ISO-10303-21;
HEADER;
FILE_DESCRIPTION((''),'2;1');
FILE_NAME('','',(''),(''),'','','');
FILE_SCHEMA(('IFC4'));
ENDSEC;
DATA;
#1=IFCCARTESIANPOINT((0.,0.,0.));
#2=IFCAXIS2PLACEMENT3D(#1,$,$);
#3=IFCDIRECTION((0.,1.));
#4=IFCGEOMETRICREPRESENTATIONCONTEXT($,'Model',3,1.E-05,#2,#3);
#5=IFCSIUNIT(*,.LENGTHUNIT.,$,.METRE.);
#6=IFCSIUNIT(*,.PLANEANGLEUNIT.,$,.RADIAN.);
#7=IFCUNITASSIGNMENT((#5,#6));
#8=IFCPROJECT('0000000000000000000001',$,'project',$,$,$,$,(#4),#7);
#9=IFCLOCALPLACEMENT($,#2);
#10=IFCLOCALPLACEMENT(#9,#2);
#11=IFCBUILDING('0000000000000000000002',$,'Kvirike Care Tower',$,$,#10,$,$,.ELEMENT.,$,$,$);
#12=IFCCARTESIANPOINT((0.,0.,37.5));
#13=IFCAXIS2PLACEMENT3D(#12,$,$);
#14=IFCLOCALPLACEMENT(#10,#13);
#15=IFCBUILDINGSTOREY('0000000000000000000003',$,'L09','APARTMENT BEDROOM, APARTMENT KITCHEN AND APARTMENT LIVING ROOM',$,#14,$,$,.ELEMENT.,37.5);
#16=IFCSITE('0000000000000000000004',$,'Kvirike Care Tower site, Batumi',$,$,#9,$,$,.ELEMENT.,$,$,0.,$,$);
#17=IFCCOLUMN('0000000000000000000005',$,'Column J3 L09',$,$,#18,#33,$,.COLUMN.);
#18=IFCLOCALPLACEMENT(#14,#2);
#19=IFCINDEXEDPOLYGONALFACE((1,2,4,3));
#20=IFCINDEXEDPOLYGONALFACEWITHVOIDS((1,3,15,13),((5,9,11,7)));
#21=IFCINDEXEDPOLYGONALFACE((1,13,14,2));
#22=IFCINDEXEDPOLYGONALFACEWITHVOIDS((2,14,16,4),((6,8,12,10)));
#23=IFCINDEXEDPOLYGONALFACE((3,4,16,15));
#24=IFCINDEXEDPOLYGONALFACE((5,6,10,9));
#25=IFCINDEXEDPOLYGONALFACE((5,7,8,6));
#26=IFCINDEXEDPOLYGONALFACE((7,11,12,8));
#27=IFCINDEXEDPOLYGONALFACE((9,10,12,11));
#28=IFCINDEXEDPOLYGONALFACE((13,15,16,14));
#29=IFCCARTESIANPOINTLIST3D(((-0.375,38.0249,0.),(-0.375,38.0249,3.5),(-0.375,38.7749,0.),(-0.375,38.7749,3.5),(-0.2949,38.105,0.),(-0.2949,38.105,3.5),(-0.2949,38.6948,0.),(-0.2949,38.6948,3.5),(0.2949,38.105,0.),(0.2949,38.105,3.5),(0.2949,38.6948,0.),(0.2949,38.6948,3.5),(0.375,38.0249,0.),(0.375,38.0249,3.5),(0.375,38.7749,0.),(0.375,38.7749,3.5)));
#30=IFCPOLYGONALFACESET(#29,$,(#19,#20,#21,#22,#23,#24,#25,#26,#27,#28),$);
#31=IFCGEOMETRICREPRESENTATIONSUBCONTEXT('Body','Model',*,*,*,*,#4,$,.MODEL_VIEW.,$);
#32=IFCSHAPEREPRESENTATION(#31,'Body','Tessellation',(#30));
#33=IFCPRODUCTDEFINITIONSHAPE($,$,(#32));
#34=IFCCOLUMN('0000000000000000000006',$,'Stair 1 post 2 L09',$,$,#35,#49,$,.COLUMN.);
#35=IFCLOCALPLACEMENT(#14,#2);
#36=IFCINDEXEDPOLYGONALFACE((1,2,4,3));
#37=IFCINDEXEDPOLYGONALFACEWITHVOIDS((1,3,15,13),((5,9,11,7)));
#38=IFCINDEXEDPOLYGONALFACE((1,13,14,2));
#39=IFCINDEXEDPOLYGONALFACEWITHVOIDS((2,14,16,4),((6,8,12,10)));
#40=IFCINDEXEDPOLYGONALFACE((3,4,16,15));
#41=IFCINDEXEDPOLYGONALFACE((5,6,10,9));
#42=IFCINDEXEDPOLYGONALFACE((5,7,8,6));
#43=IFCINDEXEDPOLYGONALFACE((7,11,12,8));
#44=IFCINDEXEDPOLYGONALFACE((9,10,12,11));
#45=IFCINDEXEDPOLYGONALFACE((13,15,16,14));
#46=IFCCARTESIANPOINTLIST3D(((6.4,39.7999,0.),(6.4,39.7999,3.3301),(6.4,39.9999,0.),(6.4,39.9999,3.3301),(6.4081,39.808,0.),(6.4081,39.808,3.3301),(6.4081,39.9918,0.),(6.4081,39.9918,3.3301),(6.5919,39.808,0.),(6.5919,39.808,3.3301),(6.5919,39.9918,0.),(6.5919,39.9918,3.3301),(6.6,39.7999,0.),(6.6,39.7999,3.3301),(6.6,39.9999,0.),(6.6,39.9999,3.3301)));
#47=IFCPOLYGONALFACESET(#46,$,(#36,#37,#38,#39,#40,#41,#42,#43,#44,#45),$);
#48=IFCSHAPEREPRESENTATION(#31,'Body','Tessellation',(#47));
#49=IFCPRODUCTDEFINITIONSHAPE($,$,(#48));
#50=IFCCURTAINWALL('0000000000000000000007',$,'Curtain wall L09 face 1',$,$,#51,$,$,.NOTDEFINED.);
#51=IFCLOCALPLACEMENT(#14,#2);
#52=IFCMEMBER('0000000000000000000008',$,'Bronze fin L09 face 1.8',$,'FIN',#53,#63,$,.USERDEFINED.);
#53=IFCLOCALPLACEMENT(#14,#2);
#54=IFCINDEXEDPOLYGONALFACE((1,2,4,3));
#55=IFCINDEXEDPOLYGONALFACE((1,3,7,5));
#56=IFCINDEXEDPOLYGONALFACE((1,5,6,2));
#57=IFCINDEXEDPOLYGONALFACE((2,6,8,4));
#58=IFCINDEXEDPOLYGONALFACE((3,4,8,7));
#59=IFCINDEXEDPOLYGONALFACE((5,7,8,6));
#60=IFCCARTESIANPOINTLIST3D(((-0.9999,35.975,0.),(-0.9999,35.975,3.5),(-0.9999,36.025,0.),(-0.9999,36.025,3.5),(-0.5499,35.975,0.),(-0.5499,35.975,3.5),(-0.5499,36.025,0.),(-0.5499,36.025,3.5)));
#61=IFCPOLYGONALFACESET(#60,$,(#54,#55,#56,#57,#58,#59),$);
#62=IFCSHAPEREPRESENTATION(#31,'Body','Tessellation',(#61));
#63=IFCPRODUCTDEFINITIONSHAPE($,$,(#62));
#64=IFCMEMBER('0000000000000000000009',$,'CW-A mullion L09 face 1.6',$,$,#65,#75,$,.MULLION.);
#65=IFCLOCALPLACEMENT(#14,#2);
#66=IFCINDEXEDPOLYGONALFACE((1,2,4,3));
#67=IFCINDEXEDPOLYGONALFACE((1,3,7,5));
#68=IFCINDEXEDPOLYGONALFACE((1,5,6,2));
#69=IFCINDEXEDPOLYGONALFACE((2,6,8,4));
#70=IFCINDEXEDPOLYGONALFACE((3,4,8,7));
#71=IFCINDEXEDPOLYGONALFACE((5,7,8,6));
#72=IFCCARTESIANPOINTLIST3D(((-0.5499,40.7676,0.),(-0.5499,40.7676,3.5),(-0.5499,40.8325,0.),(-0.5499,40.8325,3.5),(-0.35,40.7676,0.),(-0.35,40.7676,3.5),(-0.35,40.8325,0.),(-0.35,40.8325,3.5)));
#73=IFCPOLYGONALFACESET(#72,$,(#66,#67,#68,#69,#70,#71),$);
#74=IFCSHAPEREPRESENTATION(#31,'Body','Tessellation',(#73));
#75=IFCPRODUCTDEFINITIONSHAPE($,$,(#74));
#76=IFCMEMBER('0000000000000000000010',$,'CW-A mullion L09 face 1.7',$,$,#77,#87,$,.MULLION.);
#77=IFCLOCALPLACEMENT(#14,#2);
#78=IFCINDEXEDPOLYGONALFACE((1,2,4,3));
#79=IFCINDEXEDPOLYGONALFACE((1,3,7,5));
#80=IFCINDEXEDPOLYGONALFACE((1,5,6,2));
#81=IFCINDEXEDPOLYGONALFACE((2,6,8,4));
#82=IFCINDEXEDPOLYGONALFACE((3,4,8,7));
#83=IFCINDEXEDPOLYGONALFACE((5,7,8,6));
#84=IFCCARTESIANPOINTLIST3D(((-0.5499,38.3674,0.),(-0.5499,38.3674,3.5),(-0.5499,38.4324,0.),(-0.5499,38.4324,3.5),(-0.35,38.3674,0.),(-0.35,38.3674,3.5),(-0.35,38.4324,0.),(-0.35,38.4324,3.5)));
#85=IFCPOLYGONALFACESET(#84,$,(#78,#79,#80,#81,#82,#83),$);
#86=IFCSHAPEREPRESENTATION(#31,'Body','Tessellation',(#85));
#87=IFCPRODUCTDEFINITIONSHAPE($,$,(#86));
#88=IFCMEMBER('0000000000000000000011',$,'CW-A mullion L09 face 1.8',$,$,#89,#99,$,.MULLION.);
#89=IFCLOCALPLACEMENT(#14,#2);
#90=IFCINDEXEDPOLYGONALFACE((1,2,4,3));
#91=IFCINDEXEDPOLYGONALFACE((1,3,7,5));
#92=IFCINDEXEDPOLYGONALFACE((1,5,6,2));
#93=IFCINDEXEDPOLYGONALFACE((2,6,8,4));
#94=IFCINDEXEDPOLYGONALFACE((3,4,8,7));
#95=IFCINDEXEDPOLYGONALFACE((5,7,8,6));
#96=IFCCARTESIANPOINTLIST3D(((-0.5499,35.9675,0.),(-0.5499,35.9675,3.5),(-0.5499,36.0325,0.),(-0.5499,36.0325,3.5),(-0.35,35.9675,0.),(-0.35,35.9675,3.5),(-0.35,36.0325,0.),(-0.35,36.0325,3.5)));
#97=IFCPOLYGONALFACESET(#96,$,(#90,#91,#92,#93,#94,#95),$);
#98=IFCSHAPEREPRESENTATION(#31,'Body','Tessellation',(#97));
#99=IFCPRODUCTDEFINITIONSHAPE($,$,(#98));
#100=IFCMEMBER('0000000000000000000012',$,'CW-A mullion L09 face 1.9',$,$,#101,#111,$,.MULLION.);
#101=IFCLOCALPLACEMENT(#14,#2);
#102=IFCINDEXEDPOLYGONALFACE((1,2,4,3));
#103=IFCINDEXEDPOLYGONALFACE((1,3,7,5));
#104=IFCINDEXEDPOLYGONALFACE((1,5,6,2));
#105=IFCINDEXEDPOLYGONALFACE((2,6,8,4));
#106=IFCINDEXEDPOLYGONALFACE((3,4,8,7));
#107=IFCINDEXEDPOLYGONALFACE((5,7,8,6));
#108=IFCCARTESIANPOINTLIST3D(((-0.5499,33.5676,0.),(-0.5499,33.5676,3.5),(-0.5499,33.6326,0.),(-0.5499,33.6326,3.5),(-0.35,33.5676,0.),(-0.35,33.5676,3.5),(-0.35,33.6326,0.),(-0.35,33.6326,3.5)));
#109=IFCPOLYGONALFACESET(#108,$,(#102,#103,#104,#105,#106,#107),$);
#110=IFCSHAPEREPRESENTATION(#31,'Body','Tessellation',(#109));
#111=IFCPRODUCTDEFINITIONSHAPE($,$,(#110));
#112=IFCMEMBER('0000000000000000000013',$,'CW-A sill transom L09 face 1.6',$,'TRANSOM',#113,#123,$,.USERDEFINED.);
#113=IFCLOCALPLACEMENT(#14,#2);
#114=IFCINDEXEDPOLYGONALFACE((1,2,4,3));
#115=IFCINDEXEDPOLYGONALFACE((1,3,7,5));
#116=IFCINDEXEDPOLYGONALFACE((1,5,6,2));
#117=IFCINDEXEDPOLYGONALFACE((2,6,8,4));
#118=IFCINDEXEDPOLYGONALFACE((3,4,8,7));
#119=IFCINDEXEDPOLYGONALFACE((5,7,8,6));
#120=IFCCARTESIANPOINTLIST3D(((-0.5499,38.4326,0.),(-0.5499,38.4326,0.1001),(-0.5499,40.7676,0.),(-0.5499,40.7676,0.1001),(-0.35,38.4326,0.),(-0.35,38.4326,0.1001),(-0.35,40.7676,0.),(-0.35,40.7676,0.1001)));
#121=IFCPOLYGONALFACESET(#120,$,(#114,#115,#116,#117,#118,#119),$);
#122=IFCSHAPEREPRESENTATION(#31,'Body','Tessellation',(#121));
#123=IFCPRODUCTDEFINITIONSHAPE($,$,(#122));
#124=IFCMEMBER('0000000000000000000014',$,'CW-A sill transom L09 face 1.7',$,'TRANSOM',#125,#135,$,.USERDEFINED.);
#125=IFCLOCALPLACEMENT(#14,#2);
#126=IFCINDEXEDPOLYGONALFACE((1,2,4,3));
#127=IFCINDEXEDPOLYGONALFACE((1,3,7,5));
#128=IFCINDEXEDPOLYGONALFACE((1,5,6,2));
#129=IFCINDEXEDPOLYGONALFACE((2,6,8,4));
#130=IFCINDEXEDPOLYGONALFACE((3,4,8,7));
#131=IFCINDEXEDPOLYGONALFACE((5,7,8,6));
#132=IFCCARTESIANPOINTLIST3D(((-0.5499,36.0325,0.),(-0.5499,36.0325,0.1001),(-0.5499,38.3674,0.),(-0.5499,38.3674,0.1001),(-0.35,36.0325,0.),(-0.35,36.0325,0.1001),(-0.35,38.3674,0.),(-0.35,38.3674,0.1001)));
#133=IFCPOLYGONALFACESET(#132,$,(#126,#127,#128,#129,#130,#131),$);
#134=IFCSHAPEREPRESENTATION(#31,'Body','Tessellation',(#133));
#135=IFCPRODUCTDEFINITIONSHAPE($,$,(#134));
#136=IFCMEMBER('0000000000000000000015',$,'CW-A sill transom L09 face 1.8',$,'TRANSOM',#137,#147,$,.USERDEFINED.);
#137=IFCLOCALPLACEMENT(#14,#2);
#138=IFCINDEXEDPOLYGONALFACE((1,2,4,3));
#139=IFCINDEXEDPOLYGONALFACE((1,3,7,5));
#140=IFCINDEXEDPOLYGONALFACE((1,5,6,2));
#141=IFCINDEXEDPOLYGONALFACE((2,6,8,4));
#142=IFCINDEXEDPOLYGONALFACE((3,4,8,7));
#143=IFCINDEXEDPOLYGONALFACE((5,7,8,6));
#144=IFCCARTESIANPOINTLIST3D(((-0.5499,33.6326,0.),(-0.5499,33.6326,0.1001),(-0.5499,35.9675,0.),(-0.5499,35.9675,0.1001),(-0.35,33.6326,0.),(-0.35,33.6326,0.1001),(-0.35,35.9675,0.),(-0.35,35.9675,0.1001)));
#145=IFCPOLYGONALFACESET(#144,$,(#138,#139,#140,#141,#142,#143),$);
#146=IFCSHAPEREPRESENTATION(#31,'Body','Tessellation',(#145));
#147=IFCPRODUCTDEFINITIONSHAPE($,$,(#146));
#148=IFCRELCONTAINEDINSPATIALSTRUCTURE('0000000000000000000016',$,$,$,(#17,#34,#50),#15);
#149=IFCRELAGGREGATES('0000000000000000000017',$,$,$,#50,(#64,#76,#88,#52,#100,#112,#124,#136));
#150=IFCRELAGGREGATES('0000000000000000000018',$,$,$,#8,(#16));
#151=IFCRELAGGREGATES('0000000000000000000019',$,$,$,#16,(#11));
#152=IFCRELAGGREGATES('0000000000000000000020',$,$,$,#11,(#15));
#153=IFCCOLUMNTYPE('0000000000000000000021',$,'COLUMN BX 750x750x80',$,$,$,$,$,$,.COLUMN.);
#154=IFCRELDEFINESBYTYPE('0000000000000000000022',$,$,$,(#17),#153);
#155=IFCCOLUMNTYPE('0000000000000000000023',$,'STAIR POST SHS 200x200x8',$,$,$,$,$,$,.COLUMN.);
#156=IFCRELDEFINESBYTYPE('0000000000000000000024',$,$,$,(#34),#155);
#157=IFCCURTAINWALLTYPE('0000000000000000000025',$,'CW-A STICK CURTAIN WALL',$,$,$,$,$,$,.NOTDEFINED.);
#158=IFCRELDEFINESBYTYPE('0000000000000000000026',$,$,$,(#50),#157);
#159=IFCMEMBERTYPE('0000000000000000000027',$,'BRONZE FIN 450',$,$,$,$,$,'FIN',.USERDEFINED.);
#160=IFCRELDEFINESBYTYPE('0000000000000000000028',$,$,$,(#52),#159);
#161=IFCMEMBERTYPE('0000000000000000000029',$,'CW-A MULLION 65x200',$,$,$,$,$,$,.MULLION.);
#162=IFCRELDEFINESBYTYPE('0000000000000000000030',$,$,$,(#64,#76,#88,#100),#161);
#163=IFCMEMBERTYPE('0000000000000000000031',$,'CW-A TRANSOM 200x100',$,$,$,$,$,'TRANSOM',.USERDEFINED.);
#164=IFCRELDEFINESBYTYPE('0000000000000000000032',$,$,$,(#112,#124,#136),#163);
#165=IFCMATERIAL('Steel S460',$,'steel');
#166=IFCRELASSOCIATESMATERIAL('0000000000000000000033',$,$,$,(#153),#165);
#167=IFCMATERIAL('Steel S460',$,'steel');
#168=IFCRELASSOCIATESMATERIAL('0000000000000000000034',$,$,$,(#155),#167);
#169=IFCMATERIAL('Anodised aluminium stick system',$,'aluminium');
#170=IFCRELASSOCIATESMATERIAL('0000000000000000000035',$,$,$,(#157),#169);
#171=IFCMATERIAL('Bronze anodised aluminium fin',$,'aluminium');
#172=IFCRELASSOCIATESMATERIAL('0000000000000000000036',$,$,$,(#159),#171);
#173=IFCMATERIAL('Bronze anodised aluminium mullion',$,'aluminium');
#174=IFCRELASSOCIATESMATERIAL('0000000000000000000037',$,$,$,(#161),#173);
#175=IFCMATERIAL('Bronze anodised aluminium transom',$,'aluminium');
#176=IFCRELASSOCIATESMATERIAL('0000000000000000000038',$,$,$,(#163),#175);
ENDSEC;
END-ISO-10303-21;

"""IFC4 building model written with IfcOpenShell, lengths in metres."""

from ifc_helpers import new_model, si_unit, direction, frame, origin, origin_2d, place, context, subcontext, project, spatial, rectangle, hollow_rectangle, extrude, material, material_profile, profile_set, type_object, element, aggregate, save


model = new_model("IFC4")

# Units and contexts
model_context = context("Model", 3, precision=1e-05, world=origin(), true_north=direction((0.0, 1.0)))
body_context = subcontext(model_context, "Body", "Model", "MODEL_VIEW")
ifc_project = project(units=[si_unit("LENGTHUNIT", "METRE"), si_unit("PLANEANGLEUNIT", "RADIAN")], contexts=[model_context])

# Site, building, storey
site_placement = place(None, origin())
site = spatial("IfcSite", under=ifc_project, at=site_placement, Name="Kvirike Care Tower site, Batumi", CompositionType="ELEMENT", RefElevation=0.0)
building_placement = place(site_placement, origin())
building = spatial("IfcBuilding", under=site, at=building_placement, Name="Kvirike Care Tower", CompositionType="ELEMENT")
storey_placement = place(building_placement, frame((0.0, 0.0, 37.5)))
storey = spatial("IfcBuildingStorey", under=building, at=storey_placement, Name="L09", Description="APARTMENT BEDROOM, APARTMENT KITCHEN AND APARTMENT LIVING ROOM", CompositionType="ELEMENT", Elevation=37.5)

# Columns
ifc_material_1 = material(Name="Steel S460", Category="steel")
ifc_material_profile_1 = material_profile(ifc_material_1, hollow_rectangle(XDim=0.75, YDim=0.75, WallThickness=0.0801, at=origin_2d()), Name="BX 750x750x80")
ifc_profile_set_1 = profile_set([ifc_material_profile_1], Name="Steel S460")
column_type_1 = type_object("IfcColumnType", Name="COLUMN BX 750x750x80", PredefinedType="COLUMN", material=ifc_profile_set_1)
column_1_placement = place(storey_placement, frame((0.0, 38.3999, 0.0), z_axis=(0.0, 0.0, 1.0), x_axis=(1.0, 0.0, 0.0)))
element("IfcColumn", 1, at=column_1_placement, inside=storey, type_object=column_type_1, Name="Column J3 L09", PredefinedType="COLUMN", context=body_context, shape_type="SweptSolid", body=[
    extrude(hollow_rectangle(XDim=0.75, YDim=0.75, WallThickness=0.0801, at=origin_2d()), origin(), (0.0, 0.0, 1.0), 3.5),
])
ifc_material_2 = material(Name="Steel S460", Category="steel")
ifc_material_profile_2 = material_profile(ifc_material_2, hollow_rectangle(XDim=0.2, YDim=0.2, WallThickness=0.0081, at=origin_2d()), Name="SHS 200x200x8")
ifc_profile_set_2 = profile_set([ifc_material_profile_2], Name="Steel S460")
column_type_2 = type_object("IfcColumnType", Name="STAIR POST SHS 200x200x8", PredefinedType="COLUMN", material=ifc_profile_set_2)
column_2_placement = place(storey_placement, frame((6.5, 39.8999, 0.0), z_axis=(0.0, 0.0, 1.0), x_axis=(1.0, 0.0, 0.0)))
element("IfcColumn", 2, at=column_2_placement, inside=storey, type_object=column_type_2, Name="Stair 1 post 2 L09", PredefinedType="COLUMN", context=body_context, shape_type="SweptSolid", body=[
    extrude(hollow_rectangle(XDim=0.2, YDim=0.2, WallThickness=0.0081, at=origin_2d()), origin(), (0.0, 0.0, 1.0), 3.3301),
])

# Curtain wall, members
ifc_material_3 = material(Name="Anodised aluminium stick system", Category="aluminium")
curtain_wall_type = type_object("IfcCurtainWallType", Name="CW-A STICK CURTAIN WALL", PredefinedType="NOTDEFINED", material=ifc_material_3)
curtain_wall_placement = place(storey_placement, origin())
curtain_wall = element("IfcCurtainWall", 3, at=curtain_wall_placement, inside=storey, type_object=curtain_wall_type, Name="Curtain wall L09 face 1", PredefinedType="NOTDEFINED")
ifc_material_4 = material(Name="Bronze anodised aluminium fin", Category="aluminium")
ifc_material_profile_3 = material_profile(ifc_material_4, rectangle(XDim=0.05, YDim=0.45, at=origin_2d()), Name="BRONZE FIN 450")
ifc_profile_set_3 = profile_set([ifc_material_profile_3], Name="Bronze anodised aluminium fin")
member_type_1 = type_object("IfcMemberType", Name="BRONZE FIN 450", ElementType="FIN", PredefinedType="USERDEFINED", material=ifc_profile_set_3)
member_1_placement = place(storey_placement, frame((-0.7749, 36.0, 0.0), z_axis=(0.0, 0.0, 1.0), x_axis=(0.0, -1.0, 0.0)))
member_1 = element("IfcMember", 4, at=member_1_placement, type_object=member_type_1, Name="Bronze fin L09 face 1.8", ObjectType="FIN", PredefinedType="USERDEFINED", context=body_context, shape_type="SweptSolid", body=[
    extrude(rectangle(XDim=0.05, YDim=0.45, at=origin_2d()), origin(), (0.0, 0.0, 1.0), 3.5),
])
ifc_material_5 = material(Name="Bronze anodised aluminium mullion", Category="aluminium")
ifc_material_profile_4 = material_profile(ifc_material_5, rectangle(XDim=0.0649, YDim=0.2, at=origin_2d()), Name="CW-A MULLION 65x200")
ifc_profile_set_4 = profile_set([ifc_material_profile_4], Name="Bronze anodised aluminium mullion")
member_type_2 = type_object("IfcMemberType", Name="CW-A MULLION 65x200", PredefinedType="MULLION", material=ifc_profile_set_4)
member_2_placement = place(storey_placement, frame((-0.45, 40.8, 0.0), z_axis=(0.0, 0.0, 1.0), x_axis=(0.0, -1.0, 0.0)))
member_2 = element("IfcMember", 5, at=member_2_placement, type_object=member_type_2, Name="CW-A mullion L09 face 1.6", PredefinedType="MULLION", context=body_context, shape_type="SweptSolid", body=[
    extrude(rectangle(XDim=0.0649, YDim=0.2, at=origin_2d()), origin(), (0.0, 0.0, 1.0), 3.5),
])
member_3_placement = place(storey_placement, frame((-0.45, 38.3999, 0.0), z_axis=(0.0, 0.0, 1.0), x_axis=(0.0, -1.0, 0.0)))
member_3 = element("IfcMember", 6, at=member_3_placement, type_object=member_type_2, Name="CW-A mullion L09 face 1.7", PredefinedType="MULLION", context=body_context, shape_type="SweptSolid", body=[
    extrude(rectangle(XDim=0.0649, YDim=0.2, at=origin_2d()), origin(), (0.0, 0.0, 1.0), 3.5),
])
member_4_placement = place(storey_placement, frame((-0.45, 36.0, 0.0), z_axis=(0.0, 0.0, 1.0), x_axis=(0.0, -1.0, 0.0)))
member_4 = element("IfcMember", 7, at=member_4_placement, type_object=member_type_2, Name="CW-A mullion L09 face 1.8", PredefinedType="MULLION", context=body_context, shape_type="SweptSolid", body=[
    extrude(rectangle(XDim=0.0649, YDim=0.2, at=origin_2d()), origin(), (0.0, 0.0, 1.0), 3.5),
])
member_5_placement = place(storey_placement, frame((-0.45, 33.6001, 0.0), z_axis=(0.0, 0.0, 1.0), x_axis=(0.0, -1.0, 0.0)))
member_5 = element("IfcMember", 8, at=member_5_placement, type_object=member_type_2, Name="CW-A mullion L09 face 1.9", PredefinedType="MULLION", context=body_context, shape_type="SweptSolid", body=[
    extrude(rectangle(XDim=0.0649, YDim=0.2, at=origin_2d()), origin(), (0.0, 0.0, 1.0), 3.5),
])
ifc_material_6 = material(Name="Bronze anodised aluminium transom", Category="aluminium")
ifc_material_profile_5 = material_profile(ifc_material_6, rectangle(XDim=0.2, YDim=0.1001, at=origin_2d()), Name="CW-A TRANSOM 200x100")
ifc_profile_set_5 = profile_set([ifc_material_profile_5], Name="Bronze anodised aluminium transom")
member_type_3 = type_object("IfcMemberType", Name="CW-A TRANSOM 200x100", ElementType="TRANSOM", PredefinedType="USERDEFINED", material=ifc_profile_set_5)
member_6_placement = place(storey_placement, frame((-0.45, 40.7676, 0.05), z_axis=(0.0, -1.0, 0.0), x_axis=(1.0, 0.0, 0.0)))
member_6 = element("IfcMember", 9, at=member_6_placement, type_object=member_type_3, Name="CW-A sill transom L09 face 1.6", ObjectType="TRANSOM", PredefinedType="USERDEFINED", context=body_context, shape_type="SweptSolid", body=[
    extrude(rectangle(XDim=0.2, YDim=0.1001, at=origin_2d()), origin(), (0.0, 0.0, 1.0), 2.335),
])
member_7_placement = place(storey_placement, frame((-0.45, 38.3674, 0.05), z_axis=(0.0, -1.0, 0.0), x_axis=(1.0, 0.0, 0.0)))
member_7 = element("IfcMember", 10, at=member_7_placement, type_object=member_type_3, Name="CW-A sill transom L09 face 1.7", ObjectType="TRANSOM", PredefinedType="USERDEFINED", context=body_context, shape_type="SweptSolid", body=[
    extrude(rectangle(XDim=0.2, YDim=0.1001, at=origin_2d()), origin(), (0.0, 0.0, 1.0), 2.335),
])
member_8_placement = place(storey_placement, frame((-0.45, 35.9675, 0.05), z_axis=(0.0, -1.0, 0.0), x_axis=(1.0, 0.0, 0.0)))
member_8 = element("IfcMember", 11, at=member_8_placement, type_object=member_type_3, Name="CW-A sill transom L09 face 1.8", ObjectType="TRANSOM", PredefinedType="USERDEFINED", context=body_context, shape_type="SweptSolid", body=[
    extrude(rectangle(XDim=0.2, YDim=0.1001, at=origin_2d()), origin(), (0.0, 0.0, 1.0), 2.335),
])

aggregate(curtain_wall, [member_2, member_3, member_4, member_1, member_5, member_6, member_7, member_8])

save(model, "model.ifc")
